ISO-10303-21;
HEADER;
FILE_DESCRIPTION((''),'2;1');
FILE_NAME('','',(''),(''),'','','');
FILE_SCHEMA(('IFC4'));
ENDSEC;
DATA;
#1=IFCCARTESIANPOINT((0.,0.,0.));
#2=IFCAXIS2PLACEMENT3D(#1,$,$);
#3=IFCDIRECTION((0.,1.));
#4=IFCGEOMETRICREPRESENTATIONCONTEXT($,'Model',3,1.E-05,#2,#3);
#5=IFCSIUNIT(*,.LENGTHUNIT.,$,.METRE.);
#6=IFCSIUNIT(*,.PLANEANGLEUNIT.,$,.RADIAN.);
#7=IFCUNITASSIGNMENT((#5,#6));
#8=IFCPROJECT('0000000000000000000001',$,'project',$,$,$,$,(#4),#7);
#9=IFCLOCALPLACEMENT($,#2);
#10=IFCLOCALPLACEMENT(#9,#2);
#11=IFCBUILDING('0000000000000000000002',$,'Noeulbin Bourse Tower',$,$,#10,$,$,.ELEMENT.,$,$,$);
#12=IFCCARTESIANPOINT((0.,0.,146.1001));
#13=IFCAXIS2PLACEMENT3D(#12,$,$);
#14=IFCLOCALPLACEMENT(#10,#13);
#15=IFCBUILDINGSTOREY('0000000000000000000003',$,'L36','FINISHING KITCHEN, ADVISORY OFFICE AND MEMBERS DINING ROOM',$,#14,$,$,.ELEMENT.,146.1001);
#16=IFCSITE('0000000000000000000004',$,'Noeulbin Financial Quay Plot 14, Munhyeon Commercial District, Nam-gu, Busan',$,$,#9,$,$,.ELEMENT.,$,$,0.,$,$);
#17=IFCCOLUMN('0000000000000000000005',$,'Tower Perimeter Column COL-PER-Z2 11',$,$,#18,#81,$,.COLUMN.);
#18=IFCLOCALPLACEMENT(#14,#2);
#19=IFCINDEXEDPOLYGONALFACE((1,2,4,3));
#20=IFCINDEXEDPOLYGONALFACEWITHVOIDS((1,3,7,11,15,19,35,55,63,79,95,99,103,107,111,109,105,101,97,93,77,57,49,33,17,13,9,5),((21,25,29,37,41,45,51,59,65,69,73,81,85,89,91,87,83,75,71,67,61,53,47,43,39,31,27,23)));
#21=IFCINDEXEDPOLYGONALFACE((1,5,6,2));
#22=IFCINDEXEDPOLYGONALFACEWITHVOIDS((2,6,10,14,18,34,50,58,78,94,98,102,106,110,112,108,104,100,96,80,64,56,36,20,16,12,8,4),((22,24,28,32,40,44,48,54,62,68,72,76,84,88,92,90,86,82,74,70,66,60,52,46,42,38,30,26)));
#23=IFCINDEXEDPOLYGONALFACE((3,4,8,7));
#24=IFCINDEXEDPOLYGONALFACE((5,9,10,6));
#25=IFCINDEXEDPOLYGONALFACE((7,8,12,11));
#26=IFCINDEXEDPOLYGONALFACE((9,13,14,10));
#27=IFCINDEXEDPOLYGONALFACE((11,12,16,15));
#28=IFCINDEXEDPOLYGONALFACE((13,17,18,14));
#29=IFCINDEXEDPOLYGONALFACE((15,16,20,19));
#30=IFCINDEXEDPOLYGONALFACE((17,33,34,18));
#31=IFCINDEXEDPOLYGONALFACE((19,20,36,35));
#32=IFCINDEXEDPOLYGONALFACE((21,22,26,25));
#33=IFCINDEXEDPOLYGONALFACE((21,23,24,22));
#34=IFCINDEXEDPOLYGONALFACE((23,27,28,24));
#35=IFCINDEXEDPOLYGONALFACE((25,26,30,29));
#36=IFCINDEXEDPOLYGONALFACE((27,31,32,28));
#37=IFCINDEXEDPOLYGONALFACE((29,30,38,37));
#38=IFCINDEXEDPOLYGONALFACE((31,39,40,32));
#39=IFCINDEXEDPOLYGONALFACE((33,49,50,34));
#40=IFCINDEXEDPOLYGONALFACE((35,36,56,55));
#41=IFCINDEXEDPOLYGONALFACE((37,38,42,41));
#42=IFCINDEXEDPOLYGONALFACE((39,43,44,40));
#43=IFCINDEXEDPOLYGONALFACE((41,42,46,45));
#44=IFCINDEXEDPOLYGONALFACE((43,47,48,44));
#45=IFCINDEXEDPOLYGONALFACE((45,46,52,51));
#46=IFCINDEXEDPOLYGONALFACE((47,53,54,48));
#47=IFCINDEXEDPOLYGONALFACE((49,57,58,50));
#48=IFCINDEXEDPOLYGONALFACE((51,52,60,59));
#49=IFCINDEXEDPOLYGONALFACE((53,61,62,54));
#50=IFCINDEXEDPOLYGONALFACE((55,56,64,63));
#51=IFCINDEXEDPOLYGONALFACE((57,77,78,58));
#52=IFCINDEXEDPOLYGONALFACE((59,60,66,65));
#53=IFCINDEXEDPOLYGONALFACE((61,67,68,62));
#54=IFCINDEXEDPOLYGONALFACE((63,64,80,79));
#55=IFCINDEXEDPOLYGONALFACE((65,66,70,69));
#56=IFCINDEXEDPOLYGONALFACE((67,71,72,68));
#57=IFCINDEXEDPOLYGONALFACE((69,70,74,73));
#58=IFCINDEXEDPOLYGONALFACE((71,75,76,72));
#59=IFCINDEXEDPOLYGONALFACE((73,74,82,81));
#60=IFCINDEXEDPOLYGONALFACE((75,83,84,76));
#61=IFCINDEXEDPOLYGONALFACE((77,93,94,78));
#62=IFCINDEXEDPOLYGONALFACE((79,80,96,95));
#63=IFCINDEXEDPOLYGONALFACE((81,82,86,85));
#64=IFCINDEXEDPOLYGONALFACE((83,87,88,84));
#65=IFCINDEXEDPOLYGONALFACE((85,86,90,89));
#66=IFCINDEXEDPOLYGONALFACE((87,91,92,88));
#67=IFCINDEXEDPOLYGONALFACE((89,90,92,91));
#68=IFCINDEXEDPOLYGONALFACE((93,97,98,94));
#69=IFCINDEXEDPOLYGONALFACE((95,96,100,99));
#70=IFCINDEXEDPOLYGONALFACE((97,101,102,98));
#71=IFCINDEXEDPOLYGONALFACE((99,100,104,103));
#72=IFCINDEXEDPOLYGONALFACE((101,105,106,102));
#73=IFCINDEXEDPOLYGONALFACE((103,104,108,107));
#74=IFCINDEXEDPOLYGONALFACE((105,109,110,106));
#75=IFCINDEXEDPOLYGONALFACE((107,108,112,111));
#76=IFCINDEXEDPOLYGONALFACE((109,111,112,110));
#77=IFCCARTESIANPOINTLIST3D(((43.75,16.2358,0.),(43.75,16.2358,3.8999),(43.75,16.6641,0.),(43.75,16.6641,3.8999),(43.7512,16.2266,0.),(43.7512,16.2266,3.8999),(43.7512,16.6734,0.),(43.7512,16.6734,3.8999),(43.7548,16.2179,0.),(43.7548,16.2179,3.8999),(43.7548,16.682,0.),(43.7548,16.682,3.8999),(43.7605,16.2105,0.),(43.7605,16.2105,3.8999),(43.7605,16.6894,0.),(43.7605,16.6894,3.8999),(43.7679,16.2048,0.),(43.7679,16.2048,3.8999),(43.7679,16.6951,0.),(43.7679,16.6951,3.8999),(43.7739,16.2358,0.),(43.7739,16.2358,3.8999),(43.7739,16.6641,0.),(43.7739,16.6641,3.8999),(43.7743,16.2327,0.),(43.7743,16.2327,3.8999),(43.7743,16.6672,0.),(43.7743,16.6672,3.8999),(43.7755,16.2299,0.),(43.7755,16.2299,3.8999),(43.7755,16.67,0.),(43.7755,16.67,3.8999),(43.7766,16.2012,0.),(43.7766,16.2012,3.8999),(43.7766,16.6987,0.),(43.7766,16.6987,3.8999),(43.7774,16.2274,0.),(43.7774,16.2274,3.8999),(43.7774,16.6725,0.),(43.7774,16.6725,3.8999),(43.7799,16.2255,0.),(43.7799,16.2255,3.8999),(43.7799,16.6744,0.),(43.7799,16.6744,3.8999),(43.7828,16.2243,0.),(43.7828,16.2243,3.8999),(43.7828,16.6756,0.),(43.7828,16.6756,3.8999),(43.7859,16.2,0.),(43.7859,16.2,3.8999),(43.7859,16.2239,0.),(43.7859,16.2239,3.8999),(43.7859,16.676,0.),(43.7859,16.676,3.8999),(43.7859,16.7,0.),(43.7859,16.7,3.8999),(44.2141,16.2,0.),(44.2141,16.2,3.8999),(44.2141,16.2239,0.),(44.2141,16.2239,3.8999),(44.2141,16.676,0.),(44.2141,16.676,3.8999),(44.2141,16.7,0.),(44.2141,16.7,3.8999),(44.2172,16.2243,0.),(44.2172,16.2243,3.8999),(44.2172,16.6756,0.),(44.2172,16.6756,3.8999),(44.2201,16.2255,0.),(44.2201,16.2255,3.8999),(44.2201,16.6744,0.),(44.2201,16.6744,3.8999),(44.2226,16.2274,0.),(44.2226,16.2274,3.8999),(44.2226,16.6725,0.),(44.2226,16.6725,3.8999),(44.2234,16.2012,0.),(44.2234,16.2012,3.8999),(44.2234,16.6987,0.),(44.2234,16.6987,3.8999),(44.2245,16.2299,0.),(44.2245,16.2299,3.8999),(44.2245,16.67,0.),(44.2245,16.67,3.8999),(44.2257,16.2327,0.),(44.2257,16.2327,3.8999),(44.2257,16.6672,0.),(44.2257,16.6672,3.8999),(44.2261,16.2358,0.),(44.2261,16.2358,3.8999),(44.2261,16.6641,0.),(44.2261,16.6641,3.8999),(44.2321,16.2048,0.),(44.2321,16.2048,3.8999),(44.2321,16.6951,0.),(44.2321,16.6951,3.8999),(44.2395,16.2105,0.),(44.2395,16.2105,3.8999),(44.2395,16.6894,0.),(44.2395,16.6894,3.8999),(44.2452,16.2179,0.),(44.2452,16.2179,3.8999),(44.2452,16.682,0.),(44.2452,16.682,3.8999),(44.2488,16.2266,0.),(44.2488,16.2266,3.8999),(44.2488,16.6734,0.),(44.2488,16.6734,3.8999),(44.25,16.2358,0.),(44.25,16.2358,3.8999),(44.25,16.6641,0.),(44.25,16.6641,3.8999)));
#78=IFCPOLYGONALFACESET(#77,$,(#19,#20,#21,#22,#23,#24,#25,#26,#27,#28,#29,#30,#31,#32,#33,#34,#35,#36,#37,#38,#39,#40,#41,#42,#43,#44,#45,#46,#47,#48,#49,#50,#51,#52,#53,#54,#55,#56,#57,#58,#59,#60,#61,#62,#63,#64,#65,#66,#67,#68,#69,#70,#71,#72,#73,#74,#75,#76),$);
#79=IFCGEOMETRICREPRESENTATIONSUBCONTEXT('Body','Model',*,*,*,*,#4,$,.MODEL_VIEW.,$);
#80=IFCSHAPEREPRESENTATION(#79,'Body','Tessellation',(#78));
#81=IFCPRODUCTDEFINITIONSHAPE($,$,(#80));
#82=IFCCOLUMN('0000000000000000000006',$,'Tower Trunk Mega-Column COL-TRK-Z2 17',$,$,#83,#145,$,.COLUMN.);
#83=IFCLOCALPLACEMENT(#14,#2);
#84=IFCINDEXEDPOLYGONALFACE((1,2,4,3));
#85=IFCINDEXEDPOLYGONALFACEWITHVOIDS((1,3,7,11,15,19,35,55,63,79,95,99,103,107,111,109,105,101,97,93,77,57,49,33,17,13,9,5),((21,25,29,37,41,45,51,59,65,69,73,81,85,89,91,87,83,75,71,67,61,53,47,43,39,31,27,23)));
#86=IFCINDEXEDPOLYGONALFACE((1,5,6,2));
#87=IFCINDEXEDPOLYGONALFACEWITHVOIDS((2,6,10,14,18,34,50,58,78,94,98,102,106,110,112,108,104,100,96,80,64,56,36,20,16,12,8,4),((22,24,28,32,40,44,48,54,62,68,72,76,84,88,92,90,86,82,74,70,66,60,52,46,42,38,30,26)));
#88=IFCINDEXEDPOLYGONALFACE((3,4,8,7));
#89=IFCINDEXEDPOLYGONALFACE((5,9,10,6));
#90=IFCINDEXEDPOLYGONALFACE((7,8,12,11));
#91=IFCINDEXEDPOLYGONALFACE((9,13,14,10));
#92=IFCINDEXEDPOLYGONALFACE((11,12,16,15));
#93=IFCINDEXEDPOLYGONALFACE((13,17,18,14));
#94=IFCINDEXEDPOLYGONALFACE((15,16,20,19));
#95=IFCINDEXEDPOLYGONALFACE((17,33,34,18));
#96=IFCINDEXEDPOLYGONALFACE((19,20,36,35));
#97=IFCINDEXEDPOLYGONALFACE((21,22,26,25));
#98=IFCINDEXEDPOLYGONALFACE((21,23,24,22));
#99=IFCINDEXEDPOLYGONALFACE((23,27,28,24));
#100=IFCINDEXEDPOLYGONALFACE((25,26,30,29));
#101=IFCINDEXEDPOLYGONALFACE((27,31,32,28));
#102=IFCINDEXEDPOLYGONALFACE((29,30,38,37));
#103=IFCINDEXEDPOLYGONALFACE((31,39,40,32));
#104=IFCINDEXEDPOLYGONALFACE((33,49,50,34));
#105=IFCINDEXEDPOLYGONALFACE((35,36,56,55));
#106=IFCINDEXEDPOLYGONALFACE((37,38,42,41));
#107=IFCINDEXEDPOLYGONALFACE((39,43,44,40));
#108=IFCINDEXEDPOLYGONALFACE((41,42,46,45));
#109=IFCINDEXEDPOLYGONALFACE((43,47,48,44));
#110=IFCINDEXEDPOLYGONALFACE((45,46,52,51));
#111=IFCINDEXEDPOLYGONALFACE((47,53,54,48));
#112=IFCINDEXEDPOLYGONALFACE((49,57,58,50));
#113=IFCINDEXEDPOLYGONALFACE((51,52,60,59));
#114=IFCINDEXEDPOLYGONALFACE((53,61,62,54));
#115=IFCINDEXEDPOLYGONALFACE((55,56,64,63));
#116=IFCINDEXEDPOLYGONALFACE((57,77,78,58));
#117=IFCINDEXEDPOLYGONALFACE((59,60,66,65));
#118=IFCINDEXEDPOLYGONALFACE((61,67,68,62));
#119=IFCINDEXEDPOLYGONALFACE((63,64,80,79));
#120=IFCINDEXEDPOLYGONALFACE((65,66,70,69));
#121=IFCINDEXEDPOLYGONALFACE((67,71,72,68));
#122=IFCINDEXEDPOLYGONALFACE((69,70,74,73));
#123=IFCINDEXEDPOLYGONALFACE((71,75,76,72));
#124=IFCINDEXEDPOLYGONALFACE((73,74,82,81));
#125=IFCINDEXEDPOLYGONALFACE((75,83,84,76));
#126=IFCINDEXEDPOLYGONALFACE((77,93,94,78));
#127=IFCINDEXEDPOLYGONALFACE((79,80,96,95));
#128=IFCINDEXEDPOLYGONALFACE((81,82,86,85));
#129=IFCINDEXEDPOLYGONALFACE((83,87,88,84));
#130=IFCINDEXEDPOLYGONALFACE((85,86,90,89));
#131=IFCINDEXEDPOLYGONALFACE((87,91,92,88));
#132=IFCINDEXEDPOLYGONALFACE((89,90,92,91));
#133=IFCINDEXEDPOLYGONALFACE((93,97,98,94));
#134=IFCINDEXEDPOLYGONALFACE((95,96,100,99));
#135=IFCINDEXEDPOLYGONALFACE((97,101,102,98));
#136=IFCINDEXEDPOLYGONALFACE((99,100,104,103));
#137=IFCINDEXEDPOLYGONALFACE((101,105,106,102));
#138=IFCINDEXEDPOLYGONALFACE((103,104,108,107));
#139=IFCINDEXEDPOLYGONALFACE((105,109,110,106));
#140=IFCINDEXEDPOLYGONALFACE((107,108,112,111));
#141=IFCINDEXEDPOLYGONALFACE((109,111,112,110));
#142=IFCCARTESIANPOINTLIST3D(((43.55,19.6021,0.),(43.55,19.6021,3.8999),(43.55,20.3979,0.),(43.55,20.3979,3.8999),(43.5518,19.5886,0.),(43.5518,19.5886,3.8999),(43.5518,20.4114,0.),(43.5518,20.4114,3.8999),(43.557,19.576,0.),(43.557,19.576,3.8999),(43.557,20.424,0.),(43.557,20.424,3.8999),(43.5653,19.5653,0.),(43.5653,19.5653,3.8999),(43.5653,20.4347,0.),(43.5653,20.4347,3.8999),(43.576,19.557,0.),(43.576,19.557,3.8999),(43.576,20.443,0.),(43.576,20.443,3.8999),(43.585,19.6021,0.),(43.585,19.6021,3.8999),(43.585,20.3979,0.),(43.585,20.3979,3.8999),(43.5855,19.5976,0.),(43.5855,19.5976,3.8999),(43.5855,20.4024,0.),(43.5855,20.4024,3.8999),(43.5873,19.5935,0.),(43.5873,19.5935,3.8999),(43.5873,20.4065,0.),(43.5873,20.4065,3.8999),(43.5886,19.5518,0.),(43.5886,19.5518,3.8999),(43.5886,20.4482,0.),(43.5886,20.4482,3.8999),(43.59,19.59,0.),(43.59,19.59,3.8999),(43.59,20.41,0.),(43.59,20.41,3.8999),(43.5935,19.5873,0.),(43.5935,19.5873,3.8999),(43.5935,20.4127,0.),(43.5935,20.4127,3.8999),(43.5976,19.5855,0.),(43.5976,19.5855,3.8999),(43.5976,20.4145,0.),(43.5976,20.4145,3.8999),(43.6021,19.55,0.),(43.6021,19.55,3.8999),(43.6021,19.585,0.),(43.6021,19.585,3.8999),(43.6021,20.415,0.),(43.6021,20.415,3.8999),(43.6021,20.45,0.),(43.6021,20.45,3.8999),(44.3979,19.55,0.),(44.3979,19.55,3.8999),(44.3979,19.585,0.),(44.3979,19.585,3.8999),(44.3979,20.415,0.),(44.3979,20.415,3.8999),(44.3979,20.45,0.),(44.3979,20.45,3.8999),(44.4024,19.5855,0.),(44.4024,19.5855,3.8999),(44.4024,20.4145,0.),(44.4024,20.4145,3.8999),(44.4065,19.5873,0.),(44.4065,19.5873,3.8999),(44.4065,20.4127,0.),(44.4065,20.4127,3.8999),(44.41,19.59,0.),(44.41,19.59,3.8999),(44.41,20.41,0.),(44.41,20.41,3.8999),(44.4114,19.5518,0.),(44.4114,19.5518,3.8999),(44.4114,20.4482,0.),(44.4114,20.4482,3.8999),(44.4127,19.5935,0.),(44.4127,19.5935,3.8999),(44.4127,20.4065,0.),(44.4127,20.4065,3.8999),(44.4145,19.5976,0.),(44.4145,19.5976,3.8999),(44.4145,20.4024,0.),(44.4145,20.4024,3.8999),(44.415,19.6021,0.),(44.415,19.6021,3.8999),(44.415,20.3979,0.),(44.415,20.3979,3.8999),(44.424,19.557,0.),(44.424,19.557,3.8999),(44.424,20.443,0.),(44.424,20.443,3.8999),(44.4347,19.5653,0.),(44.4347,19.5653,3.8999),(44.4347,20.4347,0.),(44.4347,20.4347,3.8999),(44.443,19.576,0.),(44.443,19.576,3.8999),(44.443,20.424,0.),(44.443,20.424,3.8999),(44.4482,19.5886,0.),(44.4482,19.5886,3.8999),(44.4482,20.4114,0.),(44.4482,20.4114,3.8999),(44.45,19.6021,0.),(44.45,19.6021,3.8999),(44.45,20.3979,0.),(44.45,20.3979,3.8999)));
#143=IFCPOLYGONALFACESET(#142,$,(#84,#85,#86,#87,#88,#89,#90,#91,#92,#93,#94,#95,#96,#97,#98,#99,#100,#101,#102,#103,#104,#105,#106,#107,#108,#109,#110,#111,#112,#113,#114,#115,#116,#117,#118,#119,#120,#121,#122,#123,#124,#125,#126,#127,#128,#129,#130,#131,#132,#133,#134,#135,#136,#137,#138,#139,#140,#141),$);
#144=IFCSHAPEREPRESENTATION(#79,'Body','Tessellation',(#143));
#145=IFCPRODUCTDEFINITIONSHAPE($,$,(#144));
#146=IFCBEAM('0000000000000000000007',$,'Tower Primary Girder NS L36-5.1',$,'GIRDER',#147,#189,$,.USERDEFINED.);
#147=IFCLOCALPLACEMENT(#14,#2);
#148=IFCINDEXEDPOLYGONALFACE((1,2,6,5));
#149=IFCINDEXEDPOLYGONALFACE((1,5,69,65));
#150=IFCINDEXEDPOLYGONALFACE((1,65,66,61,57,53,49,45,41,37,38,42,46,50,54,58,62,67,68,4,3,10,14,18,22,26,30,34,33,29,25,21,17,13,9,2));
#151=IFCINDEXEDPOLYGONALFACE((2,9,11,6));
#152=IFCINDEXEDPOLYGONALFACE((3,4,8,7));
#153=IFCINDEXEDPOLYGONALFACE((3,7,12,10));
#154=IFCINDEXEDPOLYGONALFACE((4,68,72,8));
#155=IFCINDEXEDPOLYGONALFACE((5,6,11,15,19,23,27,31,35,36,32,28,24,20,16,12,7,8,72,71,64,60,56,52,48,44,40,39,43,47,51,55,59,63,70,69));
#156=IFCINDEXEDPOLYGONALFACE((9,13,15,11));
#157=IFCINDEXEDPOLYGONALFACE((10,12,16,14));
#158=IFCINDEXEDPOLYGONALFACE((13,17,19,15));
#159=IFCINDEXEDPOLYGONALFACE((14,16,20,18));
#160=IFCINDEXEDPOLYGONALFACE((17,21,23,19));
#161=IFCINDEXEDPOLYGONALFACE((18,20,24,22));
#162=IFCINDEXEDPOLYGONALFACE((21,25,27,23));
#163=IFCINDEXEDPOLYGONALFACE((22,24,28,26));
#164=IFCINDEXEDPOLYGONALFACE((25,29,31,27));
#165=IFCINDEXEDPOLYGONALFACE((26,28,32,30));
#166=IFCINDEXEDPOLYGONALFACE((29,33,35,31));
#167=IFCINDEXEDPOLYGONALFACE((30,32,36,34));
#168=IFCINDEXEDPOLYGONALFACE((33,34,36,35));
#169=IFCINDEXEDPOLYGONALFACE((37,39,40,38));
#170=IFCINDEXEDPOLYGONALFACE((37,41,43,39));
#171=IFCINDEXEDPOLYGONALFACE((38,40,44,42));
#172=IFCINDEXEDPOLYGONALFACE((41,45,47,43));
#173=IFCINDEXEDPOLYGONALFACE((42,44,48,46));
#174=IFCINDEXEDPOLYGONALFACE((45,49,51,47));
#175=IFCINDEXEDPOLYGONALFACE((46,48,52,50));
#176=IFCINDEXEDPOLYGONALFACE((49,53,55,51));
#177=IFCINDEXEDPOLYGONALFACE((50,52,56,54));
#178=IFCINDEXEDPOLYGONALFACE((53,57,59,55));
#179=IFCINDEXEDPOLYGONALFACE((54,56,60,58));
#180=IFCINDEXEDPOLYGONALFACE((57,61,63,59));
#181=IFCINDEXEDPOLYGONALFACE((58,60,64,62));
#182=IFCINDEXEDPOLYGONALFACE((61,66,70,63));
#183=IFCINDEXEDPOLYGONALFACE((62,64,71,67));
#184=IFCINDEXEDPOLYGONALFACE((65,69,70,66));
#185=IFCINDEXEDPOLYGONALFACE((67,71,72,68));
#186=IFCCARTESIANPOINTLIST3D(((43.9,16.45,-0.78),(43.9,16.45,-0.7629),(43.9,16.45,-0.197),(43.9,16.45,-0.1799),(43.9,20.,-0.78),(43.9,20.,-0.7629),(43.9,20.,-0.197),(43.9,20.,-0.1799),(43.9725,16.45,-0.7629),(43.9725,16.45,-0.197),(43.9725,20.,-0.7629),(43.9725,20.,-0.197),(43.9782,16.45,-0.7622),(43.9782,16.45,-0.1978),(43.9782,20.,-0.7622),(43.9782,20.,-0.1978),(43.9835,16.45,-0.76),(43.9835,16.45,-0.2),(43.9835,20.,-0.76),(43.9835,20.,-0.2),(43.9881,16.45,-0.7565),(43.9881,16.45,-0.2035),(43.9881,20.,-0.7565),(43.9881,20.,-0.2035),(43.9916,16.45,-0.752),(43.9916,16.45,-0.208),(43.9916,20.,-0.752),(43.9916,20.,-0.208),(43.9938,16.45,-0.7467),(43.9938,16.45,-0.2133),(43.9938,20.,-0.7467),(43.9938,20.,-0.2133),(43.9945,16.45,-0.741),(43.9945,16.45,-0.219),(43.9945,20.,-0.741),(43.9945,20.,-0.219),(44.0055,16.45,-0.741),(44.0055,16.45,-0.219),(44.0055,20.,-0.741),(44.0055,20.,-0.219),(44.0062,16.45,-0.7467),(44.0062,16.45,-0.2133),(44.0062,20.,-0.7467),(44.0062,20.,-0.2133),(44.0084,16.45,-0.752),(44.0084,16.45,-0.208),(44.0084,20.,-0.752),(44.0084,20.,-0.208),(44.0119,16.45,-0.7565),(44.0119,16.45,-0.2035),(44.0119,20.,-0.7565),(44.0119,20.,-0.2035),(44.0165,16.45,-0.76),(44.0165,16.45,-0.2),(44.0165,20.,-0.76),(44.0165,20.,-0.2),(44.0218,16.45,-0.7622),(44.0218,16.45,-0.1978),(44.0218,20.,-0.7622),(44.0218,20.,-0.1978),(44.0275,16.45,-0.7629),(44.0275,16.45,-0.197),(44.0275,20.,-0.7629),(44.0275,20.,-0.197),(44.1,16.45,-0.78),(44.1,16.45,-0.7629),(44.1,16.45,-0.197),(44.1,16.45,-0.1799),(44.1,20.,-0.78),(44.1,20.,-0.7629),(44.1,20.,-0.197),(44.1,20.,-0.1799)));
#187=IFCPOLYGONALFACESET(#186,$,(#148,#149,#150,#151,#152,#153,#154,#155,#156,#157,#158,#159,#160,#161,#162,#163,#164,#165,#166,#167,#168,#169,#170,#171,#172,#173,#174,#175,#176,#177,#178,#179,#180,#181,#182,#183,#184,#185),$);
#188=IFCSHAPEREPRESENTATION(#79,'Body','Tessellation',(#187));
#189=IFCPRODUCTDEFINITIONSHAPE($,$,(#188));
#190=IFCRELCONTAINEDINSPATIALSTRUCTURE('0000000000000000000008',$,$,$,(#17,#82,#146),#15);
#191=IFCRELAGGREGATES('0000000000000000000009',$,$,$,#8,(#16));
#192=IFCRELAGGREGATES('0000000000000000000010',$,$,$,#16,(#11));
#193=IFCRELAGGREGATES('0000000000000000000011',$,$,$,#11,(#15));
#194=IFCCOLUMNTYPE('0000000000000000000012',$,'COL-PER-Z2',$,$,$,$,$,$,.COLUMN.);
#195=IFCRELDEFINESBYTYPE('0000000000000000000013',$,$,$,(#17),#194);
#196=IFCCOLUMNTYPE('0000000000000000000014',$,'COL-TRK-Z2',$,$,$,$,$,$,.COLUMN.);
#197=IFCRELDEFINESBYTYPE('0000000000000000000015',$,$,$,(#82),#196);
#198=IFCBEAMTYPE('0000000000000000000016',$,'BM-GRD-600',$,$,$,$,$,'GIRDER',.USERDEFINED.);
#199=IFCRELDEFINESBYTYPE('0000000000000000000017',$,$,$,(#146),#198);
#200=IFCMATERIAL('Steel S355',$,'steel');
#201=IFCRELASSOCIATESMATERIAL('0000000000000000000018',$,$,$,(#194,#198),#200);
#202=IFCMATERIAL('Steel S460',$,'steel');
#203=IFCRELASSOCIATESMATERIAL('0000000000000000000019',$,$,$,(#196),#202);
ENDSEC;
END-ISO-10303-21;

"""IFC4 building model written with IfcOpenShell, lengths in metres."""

from ifc_helpers import new_model, si_unit, direction, frame, origin, origin_2d, place, context, subcontext, project, spatial, hollow_rectangle, i_section, extrude, material, material_profile, profile_set, type_object, element, save


model = new_model("IFC4")

# Units and contexts
model_context = context("Model", 3, precision=1e-05, world=origin(), true_north=direction((0.0, 1.0)))
body_context = subcontext(model_context, "Body", "Model", "MODEL_VIEW")
ifc_project = project(units=[si_unit("LENGTHUNIT", "METRE"), si_unit("PLANEANGLEUNIT", "RADIAN")], contexts=[model_context])

# Site, building, storey
site_placement = place(None, origin())
site = spatial("IfcSite", under=ifc_project, at=site_placement, Name="Noeulbin Financial Quay Plot 14, Munhyeon Commercial District, Nam-gu, Busan", CompositionType="ELEMENT", RefElevation=0.0)
building_placement = place(site_placement, origin())
building = spatial("IfcBuilding", under=site, at=building_placement, Name="Noeulbin Bourse Tower", CompositionType="ELEMENT")
storey_placement = place(building_placement, frame((0.0, 0.0, 146.1001)))
storey = spatial("IfcBuildingStorey", under=building, at=storey_placement, Name="L36", Description="FINISHING KITCHEN, ADVISORY OFFICE AND MEMBERS DINING ROOM", CompositionType="ELEMENT", Elevation=146.1001)

# Columns
ifc_material_1 = material(Name="Steel S355", Category="steel")
ifc_material_profile_1 = material_profile(ifc_material_1, hollow_rectangle(XDim=0.5, YDim=0.5, WallThickness=0.0239, InnerFilletRadius=0.012, OuterFilletRadius=0.0359, at=origin_2d()), Name="BOX-500x500x24", Category="LoadBearing")
ifc_profile_set_1 = profile_set([ifc_material_profile_1], Name="Steel S355")
column_type_1 = type_object("IfcColumnType", Name="COL-PER-Z2", PredefinedType="COLUMN", material=ifc_profile_set_1)
column_1_placement = place(storey_placement, frame((44.0, 16.45, 0.0), z_axis=(0.0, 0.0, 1.0), x_axis=(1.0, 0.0, 0.0)))
element("IfcColumn", 1, at=column_1_placement, inside=storey, type_object=column_type_1, Name="Tower Perimeter Column COL-PER-Z2 11", PredefinedType="COLUMN", context=body_context, shape_type="SweptSolid", body=[
    extrude(hollow_rectangle(XDim=0.5, YDim=0.5, WallThickness=0.0239, InnerFilletRadius=0.012, OuterFilletRadius=0.0359, at=origin_2d()), origin(), (0.0, 0.0, 1.0), 3.8999),
])
ifc_material_2 = material(Name="Steel S460", Category="steel")
ifc_material_profile_2 = material_profile(ifc_material_2, hollow_rectangle(XDim=0.8999, YDim=0.8999, WallThickness=0.0349, InnerFilletRadius=0.0171, OuterFilletRadius=0.052, at=origin_2d()), Name="BOX-900x900x35", Category="LoadBearing")
ifc_profile_set_2 = profile_set([ifc_material_profile_2], Name="Steel S460")
column_type_2 = type_object("IfcColumnType", Name="COL-TRK-Z2", PredefinedType="COLUMN", material=ifc_profile_set_2)
column_2_placement = place(storey_placement, frame((44.0, 20.0, 0.0), z_axis=(0.0, 0.0, 1.0), x_axis=(1.0, 0.0, 0.0)))
element("IfcColumn", 2, at=column_2_placement, inside=storey, type_object=column_type_2, Name="Tower Trunk Mega-Column COL-TRK-Z2 17", PredefinedType="COLUMN", context=body_context, shape_type="SweptSolid", body=[
    extrude(hollow_rectangle(XDim=0.8999, YDim=0.8999, WallThickness=0.0349, InnerFilletRadius=0.0171, OuterFilletRadius=0.052, at=origin_2d()), origin(), (0.0, 0.0, 1.0), 3.8999),
])

# Beam
ifc_material_profile_3 = material_profile(ifc_material_1, i_section(OverallWidth=0.2, OverallDepth=0.6001, WebThickness=0.011, FlangeThickness=0.0171, FilletRadius=0.022, at=origin_2d()), Name="H-600x200x11x17", Category="LoadBearing")
ifc_profile_set_3 = profile_set([ifc_material_profile_3], Name="Steel S355")
beam_type_1 = type_object("IfcBeamType", Name="BM-GRD-600", ElementType="GIRDER", PredefinedType="USERDEFINED", material=ifc_profile_set_3)
beam_1_placement = place(storey_placement, frame((44.0, 16.45, -0.48), z_axis=(0.0, 1.0, 0.0), x_axis=(-1.0, 0.0, 0.0)))
element("IfcBeam", 3, at=beam_1_placement, inside=storey, type_object=beam_type_1, Name="Tower Primary Girder NS L36-5.1", ObjectType="GIRDER", PredefinedType="USERDEFINED", context=body_context, shape_type="SweptSolid", body=[
    extrude(i_section(OverallWidth=0.2, OverallDepth=0.6001, WebThickness=0.011, FlangeThickness=0.0171, FilletRadius=0.022, at=origin_2d()), origin(), (0.0, 0.0, 1.0), 3.55),
])

save(model, "model.ifc")
